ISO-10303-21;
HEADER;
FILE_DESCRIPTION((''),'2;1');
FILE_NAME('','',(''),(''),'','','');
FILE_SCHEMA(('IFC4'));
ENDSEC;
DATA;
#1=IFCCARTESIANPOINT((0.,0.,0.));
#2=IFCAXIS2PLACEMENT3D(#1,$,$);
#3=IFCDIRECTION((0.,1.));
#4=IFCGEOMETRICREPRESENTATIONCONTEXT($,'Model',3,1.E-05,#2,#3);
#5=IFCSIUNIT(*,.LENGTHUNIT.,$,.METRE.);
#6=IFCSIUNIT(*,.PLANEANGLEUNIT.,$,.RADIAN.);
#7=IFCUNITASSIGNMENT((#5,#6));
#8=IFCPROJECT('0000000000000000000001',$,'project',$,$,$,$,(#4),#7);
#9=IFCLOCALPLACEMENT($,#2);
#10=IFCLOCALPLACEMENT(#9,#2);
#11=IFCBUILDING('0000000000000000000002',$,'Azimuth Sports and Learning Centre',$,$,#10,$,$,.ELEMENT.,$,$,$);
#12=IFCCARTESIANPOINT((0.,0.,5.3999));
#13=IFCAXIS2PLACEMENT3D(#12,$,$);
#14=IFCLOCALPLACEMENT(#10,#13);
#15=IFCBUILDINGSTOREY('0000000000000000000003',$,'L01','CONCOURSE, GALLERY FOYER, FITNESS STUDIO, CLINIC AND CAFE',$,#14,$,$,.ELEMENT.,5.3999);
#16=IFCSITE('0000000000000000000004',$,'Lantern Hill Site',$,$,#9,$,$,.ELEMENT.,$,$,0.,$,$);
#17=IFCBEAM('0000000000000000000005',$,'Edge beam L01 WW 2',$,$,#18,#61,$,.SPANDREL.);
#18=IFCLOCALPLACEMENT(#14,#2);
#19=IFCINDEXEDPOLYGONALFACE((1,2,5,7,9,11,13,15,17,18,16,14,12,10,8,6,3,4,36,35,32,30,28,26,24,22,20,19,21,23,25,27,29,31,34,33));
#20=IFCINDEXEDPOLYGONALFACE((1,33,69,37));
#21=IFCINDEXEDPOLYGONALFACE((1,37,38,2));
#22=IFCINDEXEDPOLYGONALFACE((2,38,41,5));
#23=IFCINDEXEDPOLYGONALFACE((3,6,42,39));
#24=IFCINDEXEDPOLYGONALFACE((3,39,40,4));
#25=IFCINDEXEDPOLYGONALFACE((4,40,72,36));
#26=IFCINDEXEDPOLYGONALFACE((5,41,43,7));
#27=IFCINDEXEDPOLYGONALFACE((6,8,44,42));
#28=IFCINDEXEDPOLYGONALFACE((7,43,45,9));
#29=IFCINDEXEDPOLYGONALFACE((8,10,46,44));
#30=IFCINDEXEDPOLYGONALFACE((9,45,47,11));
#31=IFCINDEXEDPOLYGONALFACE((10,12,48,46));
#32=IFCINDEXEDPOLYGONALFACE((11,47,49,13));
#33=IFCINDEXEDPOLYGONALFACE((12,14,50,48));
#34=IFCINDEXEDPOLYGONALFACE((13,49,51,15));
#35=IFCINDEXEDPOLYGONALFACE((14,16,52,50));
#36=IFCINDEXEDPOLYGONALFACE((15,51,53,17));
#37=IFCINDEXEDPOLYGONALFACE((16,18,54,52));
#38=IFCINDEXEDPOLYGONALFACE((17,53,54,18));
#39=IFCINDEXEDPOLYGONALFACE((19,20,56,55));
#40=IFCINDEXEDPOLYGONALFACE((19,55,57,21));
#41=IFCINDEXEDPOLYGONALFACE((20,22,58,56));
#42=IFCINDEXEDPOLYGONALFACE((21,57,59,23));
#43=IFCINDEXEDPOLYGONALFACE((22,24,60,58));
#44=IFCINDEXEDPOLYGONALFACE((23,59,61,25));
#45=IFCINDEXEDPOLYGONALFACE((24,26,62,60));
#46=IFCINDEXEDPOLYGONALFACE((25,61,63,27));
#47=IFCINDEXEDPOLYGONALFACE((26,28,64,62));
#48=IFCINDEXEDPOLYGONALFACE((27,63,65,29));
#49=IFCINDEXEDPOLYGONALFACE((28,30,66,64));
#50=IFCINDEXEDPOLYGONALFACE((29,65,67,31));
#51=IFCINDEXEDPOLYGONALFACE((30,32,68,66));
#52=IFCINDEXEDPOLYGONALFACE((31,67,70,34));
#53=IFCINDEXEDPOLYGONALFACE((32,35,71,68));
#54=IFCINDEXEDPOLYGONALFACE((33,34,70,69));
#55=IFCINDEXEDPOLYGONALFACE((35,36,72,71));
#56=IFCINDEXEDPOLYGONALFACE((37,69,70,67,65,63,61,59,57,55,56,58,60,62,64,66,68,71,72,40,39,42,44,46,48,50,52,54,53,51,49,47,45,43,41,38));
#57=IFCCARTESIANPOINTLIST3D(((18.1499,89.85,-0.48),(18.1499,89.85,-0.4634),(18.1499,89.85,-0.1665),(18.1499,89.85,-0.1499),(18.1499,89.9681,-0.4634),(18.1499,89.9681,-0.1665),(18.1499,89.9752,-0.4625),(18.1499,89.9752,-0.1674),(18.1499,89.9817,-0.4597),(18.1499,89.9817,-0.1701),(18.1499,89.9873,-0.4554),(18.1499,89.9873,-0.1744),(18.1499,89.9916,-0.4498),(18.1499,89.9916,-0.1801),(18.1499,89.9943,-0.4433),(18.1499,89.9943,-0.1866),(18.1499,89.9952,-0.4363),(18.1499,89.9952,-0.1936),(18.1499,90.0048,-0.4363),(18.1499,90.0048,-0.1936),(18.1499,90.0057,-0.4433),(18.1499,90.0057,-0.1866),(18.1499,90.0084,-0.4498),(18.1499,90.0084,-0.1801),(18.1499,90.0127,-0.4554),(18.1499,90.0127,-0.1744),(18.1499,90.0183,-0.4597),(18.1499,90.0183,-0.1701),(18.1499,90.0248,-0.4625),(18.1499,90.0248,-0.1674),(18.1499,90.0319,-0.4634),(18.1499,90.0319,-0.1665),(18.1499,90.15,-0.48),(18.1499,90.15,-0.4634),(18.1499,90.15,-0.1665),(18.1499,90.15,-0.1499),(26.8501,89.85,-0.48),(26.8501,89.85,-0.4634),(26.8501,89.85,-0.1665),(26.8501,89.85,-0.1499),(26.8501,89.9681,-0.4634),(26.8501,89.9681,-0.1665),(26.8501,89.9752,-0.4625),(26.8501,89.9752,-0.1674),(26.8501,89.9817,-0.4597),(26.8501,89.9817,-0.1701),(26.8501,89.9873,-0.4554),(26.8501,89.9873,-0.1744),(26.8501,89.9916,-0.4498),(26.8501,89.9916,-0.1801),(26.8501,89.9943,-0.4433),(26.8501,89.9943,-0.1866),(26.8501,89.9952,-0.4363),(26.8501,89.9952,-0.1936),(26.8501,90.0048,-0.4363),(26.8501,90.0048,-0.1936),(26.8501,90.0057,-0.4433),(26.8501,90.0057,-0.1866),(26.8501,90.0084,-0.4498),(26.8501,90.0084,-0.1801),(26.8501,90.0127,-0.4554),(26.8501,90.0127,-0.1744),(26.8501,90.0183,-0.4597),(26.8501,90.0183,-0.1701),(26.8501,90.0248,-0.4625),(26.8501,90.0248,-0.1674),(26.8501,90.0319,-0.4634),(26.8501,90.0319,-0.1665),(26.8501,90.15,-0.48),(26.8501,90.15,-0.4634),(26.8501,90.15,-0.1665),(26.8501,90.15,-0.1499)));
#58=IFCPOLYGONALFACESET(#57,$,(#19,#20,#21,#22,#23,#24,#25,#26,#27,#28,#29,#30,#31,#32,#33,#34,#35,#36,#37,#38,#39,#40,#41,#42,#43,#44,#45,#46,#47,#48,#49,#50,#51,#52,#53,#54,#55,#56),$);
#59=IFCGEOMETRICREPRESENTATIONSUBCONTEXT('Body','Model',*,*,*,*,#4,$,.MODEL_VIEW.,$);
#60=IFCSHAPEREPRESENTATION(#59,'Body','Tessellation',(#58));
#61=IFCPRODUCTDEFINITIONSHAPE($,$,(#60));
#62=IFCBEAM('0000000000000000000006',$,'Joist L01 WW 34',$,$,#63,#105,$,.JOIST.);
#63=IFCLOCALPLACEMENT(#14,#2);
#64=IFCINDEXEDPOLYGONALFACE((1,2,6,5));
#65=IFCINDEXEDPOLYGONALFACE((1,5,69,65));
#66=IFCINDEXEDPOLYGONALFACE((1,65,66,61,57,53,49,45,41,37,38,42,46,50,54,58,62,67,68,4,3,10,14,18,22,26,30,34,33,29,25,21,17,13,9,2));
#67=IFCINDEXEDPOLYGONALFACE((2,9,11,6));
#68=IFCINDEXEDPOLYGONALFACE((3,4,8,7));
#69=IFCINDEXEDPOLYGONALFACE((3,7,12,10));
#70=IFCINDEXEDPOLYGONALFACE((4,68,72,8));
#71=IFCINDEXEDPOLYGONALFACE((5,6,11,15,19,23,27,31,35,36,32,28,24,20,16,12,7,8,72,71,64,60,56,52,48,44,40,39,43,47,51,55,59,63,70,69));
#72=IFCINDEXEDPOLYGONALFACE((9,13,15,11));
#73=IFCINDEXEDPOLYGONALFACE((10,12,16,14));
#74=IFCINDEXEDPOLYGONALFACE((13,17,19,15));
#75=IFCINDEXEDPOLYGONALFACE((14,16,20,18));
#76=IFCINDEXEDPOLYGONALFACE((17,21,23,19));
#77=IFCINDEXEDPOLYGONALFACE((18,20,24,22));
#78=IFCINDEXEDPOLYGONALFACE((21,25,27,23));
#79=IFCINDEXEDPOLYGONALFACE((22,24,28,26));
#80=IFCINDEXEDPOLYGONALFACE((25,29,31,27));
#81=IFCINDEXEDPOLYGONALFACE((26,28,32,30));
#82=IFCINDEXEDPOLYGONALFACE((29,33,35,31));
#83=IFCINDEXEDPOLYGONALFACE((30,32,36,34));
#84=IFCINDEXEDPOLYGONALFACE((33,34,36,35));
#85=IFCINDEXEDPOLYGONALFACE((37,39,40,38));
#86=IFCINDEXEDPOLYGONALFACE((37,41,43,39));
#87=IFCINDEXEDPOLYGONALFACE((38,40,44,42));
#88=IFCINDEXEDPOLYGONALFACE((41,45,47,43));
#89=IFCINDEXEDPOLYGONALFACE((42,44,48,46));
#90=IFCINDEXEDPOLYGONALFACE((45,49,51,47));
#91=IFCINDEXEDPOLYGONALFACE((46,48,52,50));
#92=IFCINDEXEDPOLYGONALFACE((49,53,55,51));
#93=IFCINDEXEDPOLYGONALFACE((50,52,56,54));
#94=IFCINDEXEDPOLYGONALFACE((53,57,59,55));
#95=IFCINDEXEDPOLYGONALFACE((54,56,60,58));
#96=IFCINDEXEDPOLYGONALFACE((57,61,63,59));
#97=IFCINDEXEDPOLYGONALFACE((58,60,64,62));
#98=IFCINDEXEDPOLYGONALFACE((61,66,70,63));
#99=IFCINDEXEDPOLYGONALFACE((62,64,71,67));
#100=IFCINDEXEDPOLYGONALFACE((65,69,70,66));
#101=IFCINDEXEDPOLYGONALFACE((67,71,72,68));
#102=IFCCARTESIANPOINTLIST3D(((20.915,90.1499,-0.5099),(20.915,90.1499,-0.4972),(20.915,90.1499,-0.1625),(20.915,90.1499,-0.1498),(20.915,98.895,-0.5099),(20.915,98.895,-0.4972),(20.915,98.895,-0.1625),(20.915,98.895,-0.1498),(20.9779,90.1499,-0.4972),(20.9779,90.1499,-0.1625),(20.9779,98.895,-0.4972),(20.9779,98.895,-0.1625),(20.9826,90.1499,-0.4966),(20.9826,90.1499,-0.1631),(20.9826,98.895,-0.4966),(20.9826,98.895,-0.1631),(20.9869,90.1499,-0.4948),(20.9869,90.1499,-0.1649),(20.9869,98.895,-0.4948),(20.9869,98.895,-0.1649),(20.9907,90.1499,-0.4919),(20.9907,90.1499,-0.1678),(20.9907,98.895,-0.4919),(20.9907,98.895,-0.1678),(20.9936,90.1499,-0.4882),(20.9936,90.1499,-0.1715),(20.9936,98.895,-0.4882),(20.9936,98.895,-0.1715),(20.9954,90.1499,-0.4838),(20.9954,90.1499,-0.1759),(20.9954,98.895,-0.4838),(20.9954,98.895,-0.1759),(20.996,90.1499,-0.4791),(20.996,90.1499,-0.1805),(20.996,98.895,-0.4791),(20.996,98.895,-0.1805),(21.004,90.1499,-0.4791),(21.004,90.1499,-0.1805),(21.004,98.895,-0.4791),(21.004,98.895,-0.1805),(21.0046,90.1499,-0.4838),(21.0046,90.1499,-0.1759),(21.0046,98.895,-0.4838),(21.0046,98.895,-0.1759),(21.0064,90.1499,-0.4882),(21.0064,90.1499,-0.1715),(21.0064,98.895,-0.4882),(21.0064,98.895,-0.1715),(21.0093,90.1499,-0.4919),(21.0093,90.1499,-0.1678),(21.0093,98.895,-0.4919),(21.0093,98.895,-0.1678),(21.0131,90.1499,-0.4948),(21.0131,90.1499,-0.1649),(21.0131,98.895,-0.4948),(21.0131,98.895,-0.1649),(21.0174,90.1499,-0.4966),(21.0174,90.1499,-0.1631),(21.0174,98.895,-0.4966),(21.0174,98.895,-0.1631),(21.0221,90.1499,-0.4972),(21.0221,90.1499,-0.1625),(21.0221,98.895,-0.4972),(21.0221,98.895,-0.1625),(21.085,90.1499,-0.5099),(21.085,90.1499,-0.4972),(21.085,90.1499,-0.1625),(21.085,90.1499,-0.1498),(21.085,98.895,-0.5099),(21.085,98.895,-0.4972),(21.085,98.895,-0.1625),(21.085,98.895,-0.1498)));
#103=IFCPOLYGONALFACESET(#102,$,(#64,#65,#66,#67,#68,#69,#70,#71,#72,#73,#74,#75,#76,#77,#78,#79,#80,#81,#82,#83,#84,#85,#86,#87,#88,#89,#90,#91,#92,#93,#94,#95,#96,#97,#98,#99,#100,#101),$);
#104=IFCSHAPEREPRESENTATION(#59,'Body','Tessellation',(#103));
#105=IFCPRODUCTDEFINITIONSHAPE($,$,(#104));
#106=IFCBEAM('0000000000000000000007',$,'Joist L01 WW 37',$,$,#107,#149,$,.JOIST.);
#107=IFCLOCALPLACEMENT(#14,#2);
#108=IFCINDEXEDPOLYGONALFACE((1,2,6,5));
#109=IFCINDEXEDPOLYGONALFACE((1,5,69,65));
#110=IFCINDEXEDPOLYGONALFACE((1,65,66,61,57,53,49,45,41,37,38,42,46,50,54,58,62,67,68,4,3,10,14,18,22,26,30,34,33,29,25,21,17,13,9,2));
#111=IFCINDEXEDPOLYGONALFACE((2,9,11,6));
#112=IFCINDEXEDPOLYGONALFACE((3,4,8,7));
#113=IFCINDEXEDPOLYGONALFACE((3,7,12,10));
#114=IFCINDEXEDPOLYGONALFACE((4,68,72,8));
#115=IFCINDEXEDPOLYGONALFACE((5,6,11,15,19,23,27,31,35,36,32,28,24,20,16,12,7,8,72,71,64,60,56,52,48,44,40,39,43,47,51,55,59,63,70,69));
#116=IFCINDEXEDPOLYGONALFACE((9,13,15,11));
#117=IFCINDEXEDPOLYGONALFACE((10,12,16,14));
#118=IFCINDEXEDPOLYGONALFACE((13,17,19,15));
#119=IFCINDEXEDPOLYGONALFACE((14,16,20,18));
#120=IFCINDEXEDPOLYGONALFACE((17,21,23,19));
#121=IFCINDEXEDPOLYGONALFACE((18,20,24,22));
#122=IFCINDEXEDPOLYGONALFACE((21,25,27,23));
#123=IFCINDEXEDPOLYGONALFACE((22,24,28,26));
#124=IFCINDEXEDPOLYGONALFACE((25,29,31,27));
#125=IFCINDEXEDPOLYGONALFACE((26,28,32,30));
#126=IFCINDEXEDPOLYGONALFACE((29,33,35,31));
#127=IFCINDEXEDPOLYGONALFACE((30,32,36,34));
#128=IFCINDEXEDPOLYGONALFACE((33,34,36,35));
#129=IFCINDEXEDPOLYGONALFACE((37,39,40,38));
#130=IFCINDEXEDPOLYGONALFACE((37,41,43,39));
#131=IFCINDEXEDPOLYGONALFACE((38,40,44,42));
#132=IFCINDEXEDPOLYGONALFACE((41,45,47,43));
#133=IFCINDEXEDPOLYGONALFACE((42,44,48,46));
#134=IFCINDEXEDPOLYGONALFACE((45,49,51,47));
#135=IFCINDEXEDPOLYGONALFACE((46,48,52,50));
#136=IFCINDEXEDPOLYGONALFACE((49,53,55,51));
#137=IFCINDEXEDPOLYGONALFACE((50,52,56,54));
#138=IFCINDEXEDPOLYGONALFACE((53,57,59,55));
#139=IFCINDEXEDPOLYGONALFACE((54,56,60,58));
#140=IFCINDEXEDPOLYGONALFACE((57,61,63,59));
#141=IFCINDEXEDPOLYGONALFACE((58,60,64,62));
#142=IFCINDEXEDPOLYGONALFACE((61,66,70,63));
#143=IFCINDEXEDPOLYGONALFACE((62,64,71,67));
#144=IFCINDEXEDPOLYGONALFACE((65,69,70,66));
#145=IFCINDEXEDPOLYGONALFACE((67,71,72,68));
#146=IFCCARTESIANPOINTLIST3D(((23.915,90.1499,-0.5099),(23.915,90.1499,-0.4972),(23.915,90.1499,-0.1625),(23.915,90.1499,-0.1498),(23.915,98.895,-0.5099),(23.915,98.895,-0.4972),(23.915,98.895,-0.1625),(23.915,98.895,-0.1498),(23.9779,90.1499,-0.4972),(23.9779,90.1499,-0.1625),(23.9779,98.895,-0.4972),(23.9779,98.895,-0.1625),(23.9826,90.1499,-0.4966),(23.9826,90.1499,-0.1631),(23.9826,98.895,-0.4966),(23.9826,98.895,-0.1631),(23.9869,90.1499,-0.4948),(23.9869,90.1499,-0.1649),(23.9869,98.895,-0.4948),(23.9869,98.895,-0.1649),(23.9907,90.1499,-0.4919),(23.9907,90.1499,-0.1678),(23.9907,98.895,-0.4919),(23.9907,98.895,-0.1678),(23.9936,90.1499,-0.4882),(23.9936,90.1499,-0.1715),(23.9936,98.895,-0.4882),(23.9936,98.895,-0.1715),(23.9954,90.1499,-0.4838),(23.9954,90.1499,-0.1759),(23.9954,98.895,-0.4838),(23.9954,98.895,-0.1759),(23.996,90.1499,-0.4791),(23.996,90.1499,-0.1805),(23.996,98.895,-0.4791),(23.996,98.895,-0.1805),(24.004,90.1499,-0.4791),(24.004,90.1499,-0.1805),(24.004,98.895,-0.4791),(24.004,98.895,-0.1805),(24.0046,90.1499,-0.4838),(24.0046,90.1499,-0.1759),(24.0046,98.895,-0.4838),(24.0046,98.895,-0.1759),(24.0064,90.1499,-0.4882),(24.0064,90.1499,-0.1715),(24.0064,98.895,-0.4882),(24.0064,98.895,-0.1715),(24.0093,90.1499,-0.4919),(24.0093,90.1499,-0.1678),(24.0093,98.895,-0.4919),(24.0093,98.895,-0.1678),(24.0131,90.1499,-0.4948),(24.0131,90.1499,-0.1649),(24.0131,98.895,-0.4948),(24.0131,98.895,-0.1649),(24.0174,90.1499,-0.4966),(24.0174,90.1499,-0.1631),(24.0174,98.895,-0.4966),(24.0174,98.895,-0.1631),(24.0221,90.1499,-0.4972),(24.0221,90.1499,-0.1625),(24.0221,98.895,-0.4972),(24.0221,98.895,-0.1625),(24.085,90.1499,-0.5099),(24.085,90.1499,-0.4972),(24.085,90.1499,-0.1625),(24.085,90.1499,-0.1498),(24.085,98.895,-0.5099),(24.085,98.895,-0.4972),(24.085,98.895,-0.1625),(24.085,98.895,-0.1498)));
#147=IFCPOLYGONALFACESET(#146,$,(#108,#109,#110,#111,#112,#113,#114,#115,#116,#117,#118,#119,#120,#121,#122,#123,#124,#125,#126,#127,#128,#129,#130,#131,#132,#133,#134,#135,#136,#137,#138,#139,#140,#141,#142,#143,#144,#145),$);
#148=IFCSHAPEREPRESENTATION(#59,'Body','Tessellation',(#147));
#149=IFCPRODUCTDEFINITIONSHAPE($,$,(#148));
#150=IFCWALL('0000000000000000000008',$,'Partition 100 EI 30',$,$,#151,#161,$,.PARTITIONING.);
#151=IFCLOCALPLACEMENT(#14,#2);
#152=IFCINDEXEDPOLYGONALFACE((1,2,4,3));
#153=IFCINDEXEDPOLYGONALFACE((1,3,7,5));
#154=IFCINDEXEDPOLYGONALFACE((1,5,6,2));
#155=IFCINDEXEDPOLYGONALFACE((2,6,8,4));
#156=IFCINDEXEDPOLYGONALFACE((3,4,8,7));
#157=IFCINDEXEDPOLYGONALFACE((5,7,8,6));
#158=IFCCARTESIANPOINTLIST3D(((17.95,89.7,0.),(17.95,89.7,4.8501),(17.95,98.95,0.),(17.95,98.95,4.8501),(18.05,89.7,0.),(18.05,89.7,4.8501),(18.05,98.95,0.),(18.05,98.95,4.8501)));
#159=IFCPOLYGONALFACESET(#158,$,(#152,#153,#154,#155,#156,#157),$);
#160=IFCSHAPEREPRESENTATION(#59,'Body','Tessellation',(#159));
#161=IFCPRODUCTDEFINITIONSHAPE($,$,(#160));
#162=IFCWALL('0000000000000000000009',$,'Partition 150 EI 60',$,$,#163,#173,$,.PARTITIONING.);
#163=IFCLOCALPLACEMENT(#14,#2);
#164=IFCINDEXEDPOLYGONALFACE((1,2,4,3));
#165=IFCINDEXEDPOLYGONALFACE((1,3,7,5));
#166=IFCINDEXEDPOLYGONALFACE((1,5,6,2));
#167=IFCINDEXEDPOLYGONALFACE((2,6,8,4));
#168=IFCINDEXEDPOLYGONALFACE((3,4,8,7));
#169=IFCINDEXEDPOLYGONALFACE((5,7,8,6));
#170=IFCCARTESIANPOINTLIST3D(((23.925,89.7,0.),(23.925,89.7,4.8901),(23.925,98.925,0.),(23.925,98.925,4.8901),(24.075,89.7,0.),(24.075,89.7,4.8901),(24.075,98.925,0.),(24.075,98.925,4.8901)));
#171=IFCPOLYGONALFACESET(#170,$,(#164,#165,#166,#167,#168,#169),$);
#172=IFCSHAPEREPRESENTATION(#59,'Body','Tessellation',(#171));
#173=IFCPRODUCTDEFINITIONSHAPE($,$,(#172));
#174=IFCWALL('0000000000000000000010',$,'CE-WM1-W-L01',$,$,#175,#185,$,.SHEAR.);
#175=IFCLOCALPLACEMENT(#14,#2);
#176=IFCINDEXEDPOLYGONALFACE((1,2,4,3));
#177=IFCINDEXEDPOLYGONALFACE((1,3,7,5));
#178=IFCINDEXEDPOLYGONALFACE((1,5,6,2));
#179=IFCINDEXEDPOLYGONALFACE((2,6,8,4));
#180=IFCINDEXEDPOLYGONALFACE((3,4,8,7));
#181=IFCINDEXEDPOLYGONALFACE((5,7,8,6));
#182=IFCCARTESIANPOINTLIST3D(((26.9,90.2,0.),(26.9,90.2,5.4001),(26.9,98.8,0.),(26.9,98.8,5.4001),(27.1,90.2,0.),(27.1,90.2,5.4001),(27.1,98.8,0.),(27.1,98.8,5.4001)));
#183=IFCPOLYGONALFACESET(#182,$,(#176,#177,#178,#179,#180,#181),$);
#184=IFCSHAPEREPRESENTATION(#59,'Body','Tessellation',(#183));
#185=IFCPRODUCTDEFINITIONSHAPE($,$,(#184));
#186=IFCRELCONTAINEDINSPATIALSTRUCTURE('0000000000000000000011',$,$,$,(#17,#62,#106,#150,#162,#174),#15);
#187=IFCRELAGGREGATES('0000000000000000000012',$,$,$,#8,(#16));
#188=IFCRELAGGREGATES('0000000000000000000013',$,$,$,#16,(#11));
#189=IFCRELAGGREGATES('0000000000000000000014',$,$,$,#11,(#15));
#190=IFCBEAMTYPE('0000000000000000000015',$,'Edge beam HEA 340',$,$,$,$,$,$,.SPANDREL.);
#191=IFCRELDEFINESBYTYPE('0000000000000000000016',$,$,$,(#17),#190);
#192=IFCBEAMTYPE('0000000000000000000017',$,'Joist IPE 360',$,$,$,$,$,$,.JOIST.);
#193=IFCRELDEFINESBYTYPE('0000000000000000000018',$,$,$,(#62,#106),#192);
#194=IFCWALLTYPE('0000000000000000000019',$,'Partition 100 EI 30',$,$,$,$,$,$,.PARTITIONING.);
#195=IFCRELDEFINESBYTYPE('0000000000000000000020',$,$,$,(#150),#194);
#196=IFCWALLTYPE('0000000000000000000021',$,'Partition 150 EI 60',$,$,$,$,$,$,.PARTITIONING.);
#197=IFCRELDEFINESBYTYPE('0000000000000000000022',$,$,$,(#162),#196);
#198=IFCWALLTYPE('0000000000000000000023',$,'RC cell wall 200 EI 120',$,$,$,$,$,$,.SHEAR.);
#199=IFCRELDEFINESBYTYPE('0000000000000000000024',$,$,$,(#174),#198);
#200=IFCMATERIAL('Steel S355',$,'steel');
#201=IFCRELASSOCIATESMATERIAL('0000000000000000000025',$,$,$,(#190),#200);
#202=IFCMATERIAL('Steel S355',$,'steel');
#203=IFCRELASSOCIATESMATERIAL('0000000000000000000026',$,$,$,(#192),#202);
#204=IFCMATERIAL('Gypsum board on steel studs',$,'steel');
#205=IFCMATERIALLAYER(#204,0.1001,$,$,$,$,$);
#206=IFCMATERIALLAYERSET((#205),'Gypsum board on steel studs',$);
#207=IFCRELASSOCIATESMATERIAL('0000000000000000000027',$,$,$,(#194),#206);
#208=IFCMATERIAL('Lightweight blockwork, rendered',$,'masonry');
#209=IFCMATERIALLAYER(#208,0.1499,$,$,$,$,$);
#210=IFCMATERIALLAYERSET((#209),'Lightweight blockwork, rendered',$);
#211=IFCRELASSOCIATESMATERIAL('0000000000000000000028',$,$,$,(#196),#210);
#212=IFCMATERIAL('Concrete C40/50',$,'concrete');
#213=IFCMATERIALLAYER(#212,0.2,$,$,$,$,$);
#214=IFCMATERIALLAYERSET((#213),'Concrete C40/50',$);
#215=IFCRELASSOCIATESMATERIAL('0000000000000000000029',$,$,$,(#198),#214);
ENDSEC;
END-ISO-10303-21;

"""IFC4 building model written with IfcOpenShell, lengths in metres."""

from ifc_helpers import new_model, si_unit, direction, frame, frame_2d, origin, origin_2d, place, context, subcontext, project, spatial, rectangle, i_section, extrude, material, layer, layer_set, material_profile, profile_set, type_object, element, save


model = new_model("IFC4")

# Units and contexts
model_context = context("Model", 3, precision=1e-05, world=origin(), true_north=direction((0.0, 1.0)))
body_context = subcontext(model_context, "Body", "Model", "MODEL_VIEW")
ifc_project = project(units=[si_unit("LENGTHUNIT", "METRE"), si_unit("PLANEANGLEUNIT", "RADIAN")], contexts=[model_context])

# Site, building, storey
site_placement = place(None, origin())
site = spatial("IfcSite", under=ifc_project, at=site_placement, Name="Lantern Hill Site", CompositionType="ELEMENT", RefElevation=0.0)
building_placement = place(site_placement, origin())
building = spatial("IfcBuilding", under=site, at=building_placement, Name="Azimuth Sports and Learning Centre", CompositionType="ELEMENT")
storey_placement = place(building_placement, frame((0.0, 0.0, 5.3999)))
storey = spatial("IfcBuildingStorey", under=building, at=storey_placement, Name="L01", Description="CONCOURSE, GALLERY FOYER, FITNESS STUDIO, CLINIC AND CAFE", CompositionType="ELEMENT", Elevation=5.3999)

# Beams
ifc_material_1 = material(Name="Steel S355", Category="steel")
ifc_material_profile_1 = material_profile(ifc_material_1, i_section(OverallWidth=0.3, OverallDepth=0.3301, WebThickness=0.0095, FlangeThickness=0.0166, FilletRadius=0.0271, at=origin_2d()), Name="HEA 340")
ifc_profile_set_1 = profile_set([ifc_material_profile_1], Name="Steel S355")
beam_type_1 = type_object("IfcBeamType", Name="Edge beam HEA 340", PredefinedType="SPANDREL", material=ifc_profile_set_1)
beam_1_placement = place(storey_placement, frame((18.1499, 90.0, -0.3149), z_axis=(1.0, 0.0, 0.0), x_axis=(0.0, 1.0, 0.0)))
element("IfcBeam", 1, at=beam_1_placement, inside=storey, type_object=beam_type_1, Name="Edge beam L01 WW 2", PredefinedType="SPANDREL", context=body_context, shape_type="SweptSolid", body=[
    extrude(i_section(OverallWidth=0.3, OverallDepth=0.3301, WebThickness=0.0095, FlangeThickness=0.0166, FilletRadius=0.0271, at=origin_2d()), origin(), (0.0, 0.0, 1.0), 8.7002),
])
ifc_material_2 = material(Name="Steel S355", Category="steel")
ifc_material_profile_2 = material_profile(ifc_material_2, i_section(OverallWidth=0.1699, OverallDepth=0.3601, WebThickness=0.0081, FlangeThickness=0.0127, FilletRadius=0.0181, at=origin_2d()), Name="IPE 360")
ifc_profile_set_2 = profile_set([ifc_material_profile_2], Name="Steel S355")
beam_type_2 = type_object("IfcBeamType", Name="Joist IPE 360", PredefinedType="JOIST", material=ifc_profile_set_2)
for number, where, z_axis, x_axis, name in (
    (2, (21.0, 90.1499, -0.3298), (0.0, 1.0, 0.0), (-1.0, 0.0, 0.0), "Joist L01 WW 34"),
    (3, (24.0, 90.1499, -0.3298), (0.0, 1.0, 0.0), (-1.0, 0.0, 0.0), "Joist L01 WW 37"),
):
    element("IfcBeam", number, at=place(storey_placement, frame(where, z_axis=z_axis, x_axis=x_axis)), inside=storey, type_object=beam_type_2, Name=name, PredefinedType="JOIST", context=body_context, shape_type="SweptSolid", body=[
        extrude(i_section(OverallWidth=0.1699, OverallDepth=0.3601, WebThickness=0.0081, FlangeThickness=0.0127, FilletRadius=0.0181, at=origin_2d()), origin(), (0.0, 0.0, 1.0), 8.7451),
    ])

# Walls
ifc_material_3 = material(Name="Gypsum board on steel studs", Category="steel")
ifc_layer_1 = layer(ifc_material_3, 0.1001)
ifc_layer_set_1 = layer_set([ifc_layer_1], Name="Gypsum board on steel studs")
wall_type_1 = type_object("IfcWallType", Name="Partition 100 EI 30", PredefinedType="PARTITIONING", material=ifc_layer_set_1)
wall_1_placement = place(storey_placement, frame((18.0, 89.7, 0.0), z_axis=(0.0, 0.0, 1.0), x_axis=(0.0, 1.0, 0.0)))
element("IfcWall", 4, at=wall_1_placement, inside=storey, type_object=wall_type_1, Name="Partition 100 EI 30", PredefinedType="PARTITIONING", context=body_context, shape_type="SweptSolid", body=[
    extrude(rectangle(XDim=9.25, YDim=0.1001, at=frame_2d((4.625, 0.0))), origin(), (0.0, 0.0, 1.0), 4.8501),
])
ifc_material_4 = material(Name="Lightweight blockwork, rendered", Category="masonry")
ifc_layer_2 = layer(ifc_material_4, 0.1499)
ifc_layer_set_2 = layer_set([ifc_layer_2], Name="Lightweight blockwork, rendered")
wall_type_2 = type_object("IfcWallType", Name="Partition 150 EI 60", PredefinedType="PARTITIONING", material=ifc_layer_set_2)
wall_2_placement = place(storey_placement, frame((24.0, 89.7, 0.0), z_axis=(0.0, 0.0, 1.0), x_axis=(0.0, 1.0, 0.0)))
element("IfcWall", 5, at=wall_2_placement, inside=storey, type_object=wall_type_2, Name="Partition 150 EI 60", PredefinedType="PARTITIONING", context=body_context, shape_type="SweptSolid", body=[
    extrude(rectangle(XDim=9.2251, YDim=0.1499, at=frame_2d((4.6125, 0.0))), origin(), (0.0, 0.0, 1.0), 4.8901),
])
ifc_material_5 = material(Name="Concrete C40/50", Category="concrete")
ifc_layer_3 = layer(ifc_material_5, 0.2)
ifc_layer_set_3 = layer_set([ifc_layer_3], Name="Concrete C40/50")
wall_type_3 = type_object("IfcWallType", Name="RC cell wall 200 EI 120", PredefinedType="SHEAR", material=ifc_layer_set_3)
for number, where, z_axis, x_axis, name in (
    (6, (27.0, 90.2, 0.0), (0.0, 0.0, 1.0), (0.0, 1.0, 0.0), "CE-WM1-W-L01"),
):
    element("IfcWall", number, at=place(storey_placement, frame(where, z_axis=z_axis, x_axis=x_axis)), inside=storey, type_object=wall_type_3, Name=name, PredefinedType="SHEAR", context=body_context, shape_type="SweptSolid", body=[
        extrude(rectangle(XDim=8.6001, YDim=0.2, at=frame_2d((4.3, 0.0))), origin(), (0.0, 0.0, 1.0), 5.4001),
    ])

save(model, "model.ifc")
